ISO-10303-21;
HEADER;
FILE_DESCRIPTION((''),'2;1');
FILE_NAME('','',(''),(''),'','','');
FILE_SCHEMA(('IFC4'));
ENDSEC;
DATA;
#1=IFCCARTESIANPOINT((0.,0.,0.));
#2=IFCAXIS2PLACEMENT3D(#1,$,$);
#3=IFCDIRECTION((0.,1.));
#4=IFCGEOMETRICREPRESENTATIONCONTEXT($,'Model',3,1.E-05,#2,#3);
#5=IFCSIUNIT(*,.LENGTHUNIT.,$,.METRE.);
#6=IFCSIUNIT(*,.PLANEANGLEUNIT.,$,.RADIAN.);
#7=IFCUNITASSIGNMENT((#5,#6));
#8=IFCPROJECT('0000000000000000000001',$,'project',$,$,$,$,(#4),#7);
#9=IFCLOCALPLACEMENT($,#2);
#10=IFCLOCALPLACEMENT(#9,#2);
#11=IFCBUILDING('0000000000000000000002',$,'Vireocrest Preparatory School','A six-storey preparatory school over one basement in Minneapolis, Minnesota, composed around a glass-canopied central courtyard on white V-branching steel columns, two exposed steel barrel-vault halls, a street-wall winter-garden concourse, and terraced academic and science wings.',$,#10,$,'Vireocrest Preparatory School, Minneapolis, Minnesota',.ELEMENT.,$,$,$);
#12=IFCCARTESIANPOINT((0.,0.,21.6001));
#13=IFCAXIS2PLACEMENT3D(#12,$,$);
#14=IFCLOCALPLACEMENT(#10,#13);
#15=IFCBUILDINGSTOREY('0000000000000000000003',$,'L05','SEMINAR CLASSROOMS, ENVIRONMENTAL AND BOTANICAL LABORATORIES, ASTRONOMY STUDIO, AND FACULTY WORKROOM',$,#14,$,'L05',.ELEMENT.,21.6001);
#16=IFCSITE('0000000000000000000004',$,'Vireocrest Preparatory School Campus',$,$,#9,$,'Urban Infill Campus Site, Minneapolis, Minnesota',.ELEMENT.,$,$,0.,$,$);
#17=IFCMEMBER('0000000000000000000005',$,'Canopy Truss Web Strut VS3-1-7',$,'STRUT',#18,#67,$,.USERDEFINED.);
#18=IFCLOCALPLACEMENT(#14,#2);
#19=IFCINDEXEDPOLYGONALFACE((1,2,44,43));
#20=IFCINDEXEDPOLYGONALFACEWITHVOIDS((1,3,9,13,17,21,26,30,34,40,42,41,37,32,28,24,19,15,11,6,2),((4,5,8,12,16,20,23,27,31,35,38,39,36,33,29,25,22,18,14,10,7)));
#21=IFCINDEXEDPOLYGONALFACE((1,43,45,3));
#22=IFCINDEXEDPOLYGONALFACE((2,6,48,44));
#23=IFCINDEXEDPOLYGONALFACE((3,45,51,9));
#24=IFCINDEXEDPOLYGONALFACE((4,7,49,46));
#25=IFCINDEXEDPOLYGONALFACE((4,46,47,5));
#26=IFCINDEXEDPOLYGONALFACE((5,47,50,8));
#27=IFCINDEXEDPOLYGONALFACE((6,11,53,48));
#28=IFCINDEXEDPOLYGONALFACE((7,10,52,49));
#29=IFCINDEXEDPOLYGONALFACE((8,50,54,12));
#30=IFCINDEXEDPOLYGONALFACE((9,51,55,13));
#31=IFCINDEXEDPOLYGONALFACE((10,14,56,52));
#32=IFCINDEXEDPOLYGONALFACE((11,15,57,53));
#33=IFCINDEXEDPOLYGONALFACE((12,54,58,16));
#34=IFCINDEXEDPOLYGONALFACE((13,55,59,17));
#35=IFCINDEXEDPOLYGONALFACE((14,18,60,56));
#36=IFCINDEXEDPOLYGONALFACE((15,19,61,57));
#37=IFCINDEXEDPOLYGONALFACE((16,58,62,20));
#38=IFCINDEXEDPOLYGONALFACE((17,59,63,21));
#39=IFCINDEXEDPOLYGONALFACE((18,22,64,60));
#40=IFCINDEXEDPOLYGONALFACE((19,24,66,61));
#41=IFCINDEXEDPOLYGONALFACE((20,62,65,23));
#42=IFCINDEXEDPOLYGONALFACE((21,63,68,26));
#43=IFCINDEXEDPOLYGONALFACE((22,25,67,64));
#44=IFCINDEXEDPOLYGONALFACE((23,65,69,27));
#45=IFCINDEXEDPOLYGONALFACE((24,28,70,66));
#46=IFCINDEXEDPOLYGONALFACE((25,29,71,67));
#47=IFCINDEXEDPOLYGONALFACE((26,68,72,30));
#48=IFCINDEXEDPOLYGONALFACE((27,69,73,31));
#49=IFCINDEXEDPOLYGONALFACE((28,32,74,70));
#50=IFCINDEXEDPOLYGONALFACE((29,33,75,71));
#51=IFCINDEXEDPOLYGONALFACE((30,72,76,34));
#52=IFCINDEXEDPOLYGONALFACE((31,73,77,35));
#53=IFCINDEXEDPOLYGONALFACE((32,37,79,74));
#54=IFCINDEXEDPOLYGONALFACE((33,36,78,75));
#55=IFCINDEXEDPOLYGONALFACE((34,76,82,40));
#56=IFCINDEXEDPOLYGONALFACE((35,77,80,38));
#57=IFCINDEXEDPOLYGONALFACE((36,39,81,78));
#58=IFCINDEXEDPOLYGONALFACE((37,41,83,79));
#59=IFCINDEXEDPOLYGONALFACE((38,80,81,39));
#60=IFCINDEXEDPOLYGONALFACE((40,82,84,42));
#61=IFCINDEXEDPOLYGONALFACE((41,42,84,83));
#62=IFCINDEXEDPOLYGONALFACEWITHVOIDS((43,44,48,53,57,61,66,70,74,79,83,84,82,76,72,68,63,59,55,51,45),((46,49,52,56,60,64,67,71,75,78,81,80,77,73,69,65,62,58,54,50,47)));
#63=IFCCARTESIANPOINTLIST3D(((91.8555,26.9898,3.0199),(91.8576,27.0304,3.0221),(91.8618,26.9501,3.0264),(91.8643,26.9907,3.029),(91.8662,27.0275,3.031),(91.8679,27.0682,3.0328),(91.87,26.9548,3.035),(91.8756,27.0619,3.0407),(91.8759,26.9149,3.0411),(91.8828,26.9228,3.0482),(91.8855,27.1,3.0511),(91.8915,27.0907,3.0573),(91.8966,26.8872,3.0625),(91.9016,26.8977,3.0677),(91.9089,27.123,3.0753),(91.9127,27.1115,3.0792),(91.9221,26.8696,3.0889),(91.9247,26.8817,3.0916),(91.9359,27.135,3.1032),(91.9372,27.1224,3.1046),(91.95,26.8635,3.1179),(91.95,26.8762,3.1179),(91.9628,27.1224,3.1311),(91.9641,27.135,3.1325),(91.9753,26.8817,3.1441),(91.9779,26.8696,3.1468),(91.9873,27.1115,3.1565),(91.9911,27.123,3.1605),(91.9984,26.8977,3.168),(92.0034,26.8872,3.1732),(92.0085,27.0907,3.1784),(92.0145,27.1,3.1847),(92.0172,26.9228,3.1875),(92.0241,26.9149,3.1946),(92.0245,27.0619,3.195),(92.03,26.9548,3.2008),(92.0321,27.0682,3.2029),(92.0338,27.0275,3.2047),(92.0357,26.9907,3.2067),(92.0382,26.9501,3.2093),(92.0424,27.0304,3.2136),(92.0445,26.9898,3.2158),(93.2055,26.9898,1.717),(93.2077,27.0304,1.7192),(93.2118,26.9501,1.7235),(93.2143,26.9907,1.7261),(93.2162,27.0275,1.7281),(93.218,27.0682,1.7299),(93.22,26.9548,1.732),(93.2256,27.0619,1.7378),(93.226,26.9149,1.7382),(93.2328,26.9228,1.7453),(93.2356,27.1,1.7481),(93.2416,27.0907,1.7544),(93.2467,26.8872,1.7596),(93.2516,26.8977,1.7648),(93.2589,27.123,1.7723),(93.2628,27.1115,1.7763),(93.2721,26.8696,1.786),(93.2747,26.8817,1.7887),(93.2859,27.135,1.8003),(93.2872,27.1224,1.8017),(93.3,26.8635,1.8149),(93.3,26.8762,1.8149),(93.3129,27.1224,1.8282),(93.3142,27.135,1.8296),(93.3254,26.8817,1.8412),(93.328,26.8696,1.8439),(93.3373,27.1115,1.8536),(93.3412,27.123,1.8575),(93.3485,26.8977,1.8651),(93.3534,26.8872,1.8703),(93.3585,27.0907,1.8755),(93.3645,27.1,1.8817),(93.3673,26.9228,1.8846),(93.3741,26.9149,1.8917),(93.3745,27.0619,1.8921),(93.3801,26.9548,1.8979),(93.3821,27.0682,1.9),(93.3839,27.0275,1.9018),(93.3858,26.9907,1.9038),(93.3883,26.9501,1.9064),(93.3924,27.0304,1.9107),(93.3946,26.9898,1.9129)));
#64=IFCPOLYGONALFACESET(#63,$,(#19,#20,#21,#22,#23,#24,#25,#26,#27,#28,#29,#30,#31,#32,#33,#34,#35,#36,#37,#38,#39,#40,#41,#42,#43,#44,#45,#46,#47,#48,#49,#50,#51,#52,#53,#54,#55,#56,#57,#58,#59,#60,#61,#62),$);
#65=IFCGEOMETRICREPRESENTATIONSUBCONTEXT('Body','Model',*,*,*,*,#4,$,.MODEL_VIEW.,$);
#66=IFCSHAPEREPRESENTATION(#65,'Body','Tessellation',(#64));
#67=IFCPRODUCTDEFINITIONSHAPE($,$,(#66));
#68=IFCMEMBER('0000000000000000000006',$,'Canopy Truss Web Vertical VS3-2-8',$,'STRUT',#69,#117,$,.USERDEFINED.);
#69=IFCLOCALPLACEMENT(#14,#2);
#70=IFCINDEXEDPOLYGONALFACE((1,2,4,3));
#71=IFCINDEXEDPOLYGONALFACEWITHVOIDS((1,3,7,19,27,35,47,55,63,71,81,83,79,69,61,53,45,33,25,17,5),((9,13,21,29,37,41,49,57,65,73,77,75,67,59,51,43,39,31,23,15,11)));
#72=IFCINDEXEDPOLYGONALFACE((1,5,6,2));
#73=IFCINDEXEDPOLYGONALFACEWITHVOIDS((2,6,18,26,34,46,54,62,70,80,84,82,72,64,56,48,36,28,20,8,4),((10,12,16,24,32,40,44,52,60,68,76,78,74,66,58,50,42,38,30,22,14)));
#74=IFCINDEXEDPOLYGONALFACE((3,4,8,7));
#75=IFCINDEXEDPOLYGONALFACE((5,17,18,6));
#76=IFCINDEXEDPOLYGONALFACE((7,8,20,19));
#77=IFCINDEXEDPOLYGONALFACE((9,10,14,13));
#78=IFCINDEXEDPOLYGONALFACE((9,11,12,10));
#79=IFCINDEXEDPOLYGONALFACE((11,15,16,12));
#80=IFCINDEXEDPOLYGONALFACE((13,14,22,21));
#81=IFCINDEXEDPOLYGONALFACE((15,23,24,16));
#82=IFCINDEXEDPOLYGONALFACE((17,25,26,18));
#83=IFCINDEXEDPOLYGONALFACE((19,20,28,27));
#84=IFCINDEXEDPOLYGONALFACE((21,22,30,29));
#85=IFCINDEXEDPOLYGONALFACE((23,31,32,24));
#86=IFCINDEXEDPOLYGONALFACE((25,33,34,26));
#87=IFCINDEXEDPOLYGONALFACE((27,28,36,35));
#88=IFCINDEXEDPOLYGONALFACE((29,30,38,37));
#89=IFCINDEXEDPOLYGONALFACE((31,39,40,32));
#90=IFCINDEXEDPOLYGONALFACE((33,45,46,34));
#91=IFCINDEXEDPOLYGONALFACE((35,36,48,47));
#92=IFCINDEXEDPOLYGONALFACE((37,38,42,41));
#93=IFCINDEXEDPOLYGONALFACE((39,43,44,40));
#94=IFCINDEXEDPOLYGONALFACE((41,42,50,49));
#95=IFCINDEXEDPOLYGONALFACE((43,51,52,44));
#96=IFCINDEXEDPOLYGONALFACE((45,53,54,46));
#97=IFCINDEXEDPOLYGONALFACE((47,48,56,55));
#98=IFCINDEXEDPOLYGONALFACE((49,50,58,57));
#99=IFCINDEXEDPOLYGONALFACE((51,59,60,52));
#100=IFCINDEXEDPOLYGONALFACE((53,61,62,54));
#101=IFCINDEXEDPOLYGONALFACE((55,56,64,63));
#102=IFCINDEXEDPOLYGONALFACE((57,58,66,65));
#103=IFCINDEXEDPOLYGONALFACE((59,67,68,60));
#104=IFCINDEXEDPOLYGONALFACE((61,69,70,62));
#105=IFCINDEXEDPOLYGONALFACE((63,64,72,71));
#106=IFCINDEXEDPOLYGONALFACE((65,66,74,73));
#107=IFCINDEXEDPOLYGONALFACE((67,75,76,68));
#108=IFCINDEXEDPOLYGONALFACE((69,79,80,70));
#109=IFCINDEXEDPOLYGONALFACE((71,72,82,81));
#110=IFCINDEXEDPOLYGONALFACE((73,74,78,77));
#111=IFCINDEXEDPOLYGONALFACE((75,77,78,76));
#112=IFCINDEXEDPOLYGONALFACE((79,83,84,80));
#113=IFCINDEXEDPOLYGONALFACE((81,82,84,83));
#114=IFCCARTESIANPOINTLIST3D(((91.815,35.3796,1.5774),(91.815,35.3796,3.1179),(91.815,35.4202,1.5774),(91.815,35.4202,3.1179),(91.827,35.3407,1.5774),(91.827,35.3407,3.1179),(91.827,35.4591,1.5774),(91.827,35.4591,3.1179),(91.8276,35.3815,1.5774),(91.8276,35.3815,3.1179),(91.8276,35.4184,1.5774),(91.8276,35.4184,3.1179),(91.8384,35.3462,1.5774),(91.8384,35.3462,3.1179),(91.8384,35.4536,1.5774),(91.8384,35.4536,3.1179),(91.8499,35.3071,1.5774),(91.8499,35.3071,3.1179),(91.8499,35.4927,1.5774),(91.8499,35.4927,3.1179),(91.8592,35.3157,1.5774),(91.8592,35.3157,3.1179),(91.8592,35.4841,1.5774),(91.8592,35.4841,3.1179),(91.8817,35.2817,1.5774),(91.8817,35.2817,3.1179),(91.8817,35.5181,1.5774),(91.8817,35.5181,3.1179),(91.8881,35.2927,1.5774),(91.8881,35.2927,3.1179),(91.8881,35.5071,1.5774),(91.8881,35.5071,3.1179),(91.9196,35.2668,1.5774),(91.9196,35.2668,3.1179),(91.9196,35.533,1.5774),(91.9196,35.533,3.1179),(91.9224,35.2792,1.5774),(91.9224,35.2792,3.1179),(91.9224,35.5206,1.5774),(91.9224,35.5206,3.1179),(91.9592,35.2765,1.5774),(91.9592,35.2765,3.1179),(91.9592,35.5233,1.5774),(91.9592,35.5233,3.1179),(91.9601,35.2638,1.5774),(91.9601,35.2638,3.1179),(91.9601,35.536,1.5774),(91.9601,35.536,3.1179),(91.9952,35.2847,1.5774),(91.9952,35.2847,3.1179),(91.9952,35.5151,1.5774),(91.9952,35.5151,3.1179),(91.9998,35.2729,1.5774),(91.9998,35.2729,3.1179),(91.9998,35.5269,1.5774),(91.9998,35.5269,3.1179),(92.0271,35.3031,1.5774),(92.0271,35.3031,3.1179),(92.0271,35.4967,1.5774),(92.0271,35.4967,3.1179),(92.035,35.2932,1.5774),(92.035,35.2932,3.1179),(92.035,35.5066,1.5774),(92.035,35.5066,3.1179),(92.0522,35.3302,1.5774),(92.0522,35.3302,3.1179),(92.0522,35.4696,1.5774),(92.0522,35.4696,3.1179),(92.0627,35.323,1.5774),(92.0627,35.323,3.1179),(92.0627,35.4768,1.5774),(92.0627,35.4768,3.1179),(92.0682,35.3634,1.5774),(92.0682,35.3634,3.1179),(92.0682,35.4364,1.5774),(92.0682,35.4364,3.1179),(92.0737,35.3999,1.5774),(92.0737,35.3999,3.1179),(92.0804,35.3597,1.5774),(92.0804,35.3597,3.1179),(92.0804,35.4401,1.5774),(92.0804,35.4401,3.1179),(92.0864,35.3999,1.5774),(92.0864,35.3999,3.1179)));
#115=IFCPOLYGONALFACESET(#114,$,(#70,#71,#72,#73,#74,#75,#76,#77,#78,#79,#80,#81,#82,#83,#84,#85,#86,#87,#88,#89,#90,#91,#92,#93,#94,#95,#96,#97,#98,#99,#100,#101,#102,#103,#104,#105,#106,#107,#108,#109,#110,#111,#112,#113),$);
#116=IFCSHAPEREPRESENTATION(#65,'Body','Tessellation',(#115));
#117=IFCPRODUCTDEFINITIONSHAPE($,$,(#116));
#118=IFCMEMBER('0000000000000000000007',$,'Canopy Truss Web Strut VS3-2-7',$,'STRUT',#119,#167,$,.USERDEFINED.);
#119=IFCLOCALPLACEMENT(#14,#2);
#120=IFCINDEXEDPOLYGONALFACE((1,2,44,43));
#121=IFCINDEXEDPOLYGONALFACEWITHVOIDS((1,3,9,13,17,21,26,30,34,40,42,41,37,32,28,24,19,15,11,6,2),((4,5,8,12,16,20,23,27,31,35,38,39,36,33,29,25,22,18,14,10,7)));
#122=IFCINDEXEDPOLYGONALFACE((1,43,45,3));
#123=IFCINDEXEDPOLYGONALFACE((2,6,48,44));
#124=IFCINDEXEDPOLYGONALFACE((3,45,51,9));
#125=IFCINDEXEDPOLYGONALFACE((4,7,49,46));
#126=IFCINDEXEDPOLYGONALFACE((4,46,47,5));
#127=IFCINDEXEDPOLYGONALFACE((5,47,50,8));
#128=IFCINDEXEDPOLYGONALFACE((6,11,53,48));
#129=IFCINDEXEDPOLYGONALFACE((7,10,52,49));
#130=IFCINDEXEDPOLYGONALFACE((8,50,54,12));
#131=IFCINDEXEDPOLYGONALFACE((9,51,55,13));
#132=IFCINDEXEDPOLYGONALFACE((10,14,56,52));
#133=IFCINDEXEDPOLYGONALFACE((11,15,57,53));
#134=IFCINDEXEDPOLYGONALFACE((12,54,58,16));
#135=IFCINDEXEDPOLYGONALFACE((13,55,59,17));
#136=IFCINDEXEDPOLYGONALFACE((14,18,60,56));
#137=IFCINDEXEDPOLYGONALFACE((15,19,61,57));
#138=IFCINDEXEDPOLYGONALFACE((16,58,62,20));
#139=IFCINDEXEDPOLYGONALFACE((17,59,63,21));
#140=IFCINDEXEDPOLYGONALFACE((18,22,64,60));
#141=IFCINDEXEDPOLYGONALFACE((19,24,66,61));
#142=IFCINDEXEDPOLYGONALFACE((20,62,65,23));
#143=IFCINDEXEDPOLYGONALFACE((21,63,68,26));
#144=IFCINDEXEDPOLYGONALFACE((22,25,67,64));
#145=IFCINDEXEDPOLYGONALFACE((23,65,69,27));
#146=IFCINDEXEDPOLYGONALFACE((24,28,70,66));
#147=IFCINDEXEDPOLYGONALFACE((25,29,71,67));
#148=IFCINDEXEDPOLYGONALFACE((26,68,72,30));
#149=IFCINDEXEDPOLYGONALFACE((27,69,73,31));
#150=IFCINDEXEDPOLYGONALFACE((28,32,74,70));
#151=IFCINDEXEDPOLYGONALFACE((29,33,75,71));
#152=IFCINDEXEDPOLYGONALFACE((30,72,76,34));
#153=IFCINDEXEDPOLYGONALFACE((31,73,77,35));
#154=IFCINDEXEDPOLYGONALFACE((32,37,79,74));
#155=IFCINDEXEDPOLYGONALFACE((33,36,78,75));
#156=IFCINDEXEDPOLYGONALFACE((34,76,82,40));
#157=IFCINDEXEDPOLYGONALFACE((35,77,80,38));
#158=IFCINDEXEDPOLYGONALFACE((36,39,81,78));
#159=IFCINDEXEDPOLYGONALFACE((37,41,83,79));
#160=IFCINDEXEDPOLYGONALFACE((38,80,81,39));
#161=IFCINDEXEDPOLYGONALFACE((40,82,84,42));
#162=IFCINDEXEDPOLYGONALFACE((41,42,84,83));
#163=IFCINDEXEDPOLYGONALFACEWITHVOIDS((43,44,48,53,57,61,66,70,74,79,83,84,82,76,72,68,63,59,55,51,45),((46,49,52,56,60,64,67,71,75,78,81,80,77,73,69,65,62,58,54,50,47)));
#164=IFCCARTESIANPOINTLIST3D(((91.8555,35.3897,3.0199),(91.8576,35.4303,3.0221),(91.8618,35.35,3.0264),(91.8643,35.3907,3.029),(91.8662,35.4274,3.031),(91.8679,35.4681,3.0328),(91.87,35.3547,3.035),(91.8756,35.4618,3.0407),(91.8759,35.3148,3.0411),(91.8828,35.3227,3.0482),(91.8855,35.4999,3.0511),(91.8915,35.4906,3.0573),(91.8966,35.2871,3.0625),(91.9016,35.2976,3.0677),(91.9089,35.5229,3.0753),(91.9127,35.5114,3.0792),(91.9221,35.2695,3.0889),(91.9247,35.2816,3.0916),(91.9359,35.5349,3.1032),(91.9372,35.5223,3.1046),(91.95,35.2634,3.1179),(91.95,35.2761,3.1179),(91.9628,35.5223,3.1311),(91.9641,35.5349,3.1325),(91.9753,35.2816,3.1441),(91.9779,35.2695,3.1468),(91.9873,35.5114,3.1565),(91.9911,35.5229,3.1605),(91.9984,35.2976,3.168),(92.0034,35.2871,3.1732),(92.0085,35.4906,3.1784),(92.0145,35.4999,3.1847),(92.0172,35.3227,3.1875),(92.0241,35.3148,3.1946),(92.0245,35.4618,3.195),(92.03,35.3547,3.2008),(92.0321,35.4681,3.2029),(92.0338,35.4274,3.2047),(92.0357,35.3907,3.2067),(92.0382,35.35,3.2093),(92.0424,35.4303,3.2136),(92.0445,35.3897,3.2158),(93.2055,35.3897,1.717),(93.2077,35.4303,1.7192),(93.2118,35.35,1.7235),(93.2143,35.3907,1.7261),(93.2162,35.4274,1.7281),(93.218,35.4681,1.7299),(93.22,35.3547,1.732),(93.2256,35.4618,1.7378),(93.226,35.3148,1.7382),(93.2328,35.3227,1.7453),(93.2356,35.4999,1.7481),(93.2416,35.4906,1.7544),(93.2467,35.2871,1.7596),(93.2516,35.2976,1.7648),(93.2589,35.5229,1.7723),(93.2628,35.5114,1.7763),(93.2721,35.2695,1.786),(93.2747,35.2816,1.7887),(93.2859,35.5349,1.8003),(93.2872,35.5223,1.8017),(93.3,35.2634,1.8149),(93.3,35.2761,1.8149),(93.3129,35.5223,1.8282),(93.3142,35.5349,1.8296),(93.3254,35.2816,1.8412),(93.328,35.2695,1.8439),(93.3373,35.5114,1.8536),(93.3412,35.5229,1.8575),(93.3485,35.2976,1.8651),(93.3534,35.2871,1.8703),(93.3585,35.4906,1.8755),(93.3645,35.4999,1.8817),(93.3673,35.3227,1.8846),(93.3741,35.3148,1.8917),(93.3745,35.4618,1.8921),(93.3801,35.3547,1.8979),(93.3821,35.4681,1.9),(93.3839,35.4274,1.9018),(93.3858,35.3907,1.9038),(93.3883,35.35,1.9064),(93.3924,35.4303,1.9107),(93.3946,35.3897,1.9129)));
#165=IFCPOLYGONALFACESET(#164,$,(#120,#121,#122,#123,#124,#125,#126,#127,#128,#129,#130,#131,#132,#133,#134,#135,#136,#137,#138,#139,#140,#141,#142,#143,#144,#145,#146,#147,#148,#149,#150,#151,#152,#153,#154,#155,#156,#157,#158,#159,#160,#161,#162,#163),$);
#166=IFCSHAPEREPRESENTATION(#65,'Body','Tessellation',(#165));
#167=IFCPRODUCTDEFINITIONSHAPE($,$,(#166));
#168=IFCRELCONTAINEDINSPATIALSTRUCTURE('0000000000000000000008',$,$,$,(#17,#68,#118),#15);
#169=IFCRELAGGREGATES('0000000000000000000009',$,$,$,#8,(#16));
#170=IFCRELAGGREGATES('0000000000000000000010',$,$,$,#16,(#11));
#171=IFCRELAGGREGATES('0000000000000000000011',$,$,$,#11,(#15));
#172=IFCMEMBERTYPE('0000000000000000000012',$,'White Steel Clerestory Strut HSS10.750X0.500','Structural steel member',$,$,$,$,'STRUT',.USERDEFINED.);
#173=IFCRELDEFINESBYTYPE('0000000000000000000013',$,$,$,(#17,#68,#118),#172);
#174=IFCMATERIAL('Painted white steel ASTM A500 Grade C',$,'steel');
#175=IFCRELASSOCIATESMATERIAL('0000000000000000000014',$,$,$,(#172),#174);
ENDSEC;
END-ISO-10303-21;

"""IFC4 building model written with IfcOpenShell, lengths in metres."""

from ifc_helpers import new_model, si_unit, direction, frame, origin, origin_2d, place, context, subcontext, project, spatial, hollow_circle, extrude, material, material_profile, profile_set, type_object, element, save


model = new_model("IFC4")

# Units and contexts
model_context = context("Model", 3, precision=1e-05, world=origin(), true_north=direction((0.0, 1.0)))
body_context = subcontext(model_context, "Body", "Model", "MODEL_VIEW")
ifc_project = project(units=[si_unit("LENGTHUNIT", "METRE"), si_unit("PLANEANGLEUNIT", "RADIAN")], contexts=[model_context])

# Site, building, storey
site_placement = place(None, origin())
site = spatial("IfcSite", under=ifc_project, at=site_placement, Name="Vireocrest Preparatory School Campus", LongName="Urban Infill Campus Site, Minneapolis, Minnesota", CompositionType="ELEMENT", RefElevation=0.0)
building_placement = place(site_placement, origin())
building = spatial("IfcBuilding", under=site, at=building_placement, Name="Vireocrest Preparatory School", Description="A six-storey preparatory school over one basement in Minneapolis, Minnesota, composed around a glass-canopied central courtyard on white V-branching steel columns, two exposed steel barrel-vault halls, a street-wall winter-garden concourse, and terraced academic and science wings.", LongName="Vireocrest Preparatory School, Minneapolis, Minnesota", CompositionType="ELEMENT")
storey_placement = place(building_placement, frame((0.0, 0.0, 21.6001)))
storey = spatial("IfcBuildingStorey", under=building, at=storey_placement, Name="L05", Description="SEMINAR CLASSROOMS, ENVIRONMENTAL AND BOTANICAL LABORATORIES, ASTRONOMY STUDIO, AND FACULTY WORKROOM", LongName="L05", CompositionType="ELEMENT", Elevation=21.6001)

# Shared definitions
ifc_material_1 = material(Name="Painted white steel ASTM A500 Grade C", Category="steel")

# Members
ifc_material_profile_1 = material_profile(ifc_material_1, hollow_circle(Radius=0.1365, WallThickness=0.0127, at=origin_2d()), Name="HSS10.750X0.500")
ifc_profile_set_1 = profile_set([ifc_material_profile_1], Name="Painted white steel ASTM A500 Grade C")
member_type_1 = type_object("IfcMemberType", Name="White Steel Clerestory Strut HSS10.750X0.500", Description="Structural steel member", ElementType="STRUT", PredefinedType="USERDEFINED", material=ifc_profile_set_1)
member_1_placement = place(storey_placement, frame((93.3, 27.0, 1.8149), z_axis=(-0.719552, 0.0, 0.694439), x_axis=(0.0, -1.0, 0.0)))
element("IfcMember", 1, at=member_1_placement, inside=storey, type_object=member_type_1, Name="Canopy Truss Web Strut VS3-1-7", ObjectType="STRUT", PredefinedType="USERDEFINED", context=body_context, shape_type="SweptSolid", body=[
    extrude(hollow_circle(Radius=0.1365, WallThickness=0.0127, at=origin_2d()), origin(), (0.0, 0.0, 1.0), 1.8762),
])
member_2_placement = place(storey_placement, frame((91.95, 35.3999, 1.5774), z_axis=(0.0, 0.0, 1.0), x_axis=(1.0, 0.0, 0.0)))
element("IfcMember", 2, at=member_2_placement, inside=storey, type_object=member_type_1, Name="Canopy Truss Web Vertical VS3-2-8", ObjectType="STRUT", PredefinedType="USERDEFINED", context=body_context, shape_type="SweptSolid", body=[
    extrude(hollow_circle(Radius=0.1365, WallThickness=0.0127, at=origin_2d()), origin(), (0.0, 0.0, 1.0), 1.5405),
])
member_3_placement = place(storey_placement, frame((93.3, 35.3999, 1.8149), z_axis=(-0.719552, 0.0, 0.694439), x_axis=(0.0, -1.0, 0.0)))
element("IfcMember", 3, at=member_3_placement, inside=storey, type_object=member_type_1, Name="Canopy Truss Web Strut VS3-2-7", ObjectType="STRUT", PredefinedType="USERDEFINED", context=body_context, shape_type="SweptSolid", body=[
    extrude(hollow_circle(Radius=0.1365, WallThickness=0.0127, at=origin_2d()), origin(), (0.0, 0.0, 1.0), 1.8762),
])

save(model, "model.ifc")
